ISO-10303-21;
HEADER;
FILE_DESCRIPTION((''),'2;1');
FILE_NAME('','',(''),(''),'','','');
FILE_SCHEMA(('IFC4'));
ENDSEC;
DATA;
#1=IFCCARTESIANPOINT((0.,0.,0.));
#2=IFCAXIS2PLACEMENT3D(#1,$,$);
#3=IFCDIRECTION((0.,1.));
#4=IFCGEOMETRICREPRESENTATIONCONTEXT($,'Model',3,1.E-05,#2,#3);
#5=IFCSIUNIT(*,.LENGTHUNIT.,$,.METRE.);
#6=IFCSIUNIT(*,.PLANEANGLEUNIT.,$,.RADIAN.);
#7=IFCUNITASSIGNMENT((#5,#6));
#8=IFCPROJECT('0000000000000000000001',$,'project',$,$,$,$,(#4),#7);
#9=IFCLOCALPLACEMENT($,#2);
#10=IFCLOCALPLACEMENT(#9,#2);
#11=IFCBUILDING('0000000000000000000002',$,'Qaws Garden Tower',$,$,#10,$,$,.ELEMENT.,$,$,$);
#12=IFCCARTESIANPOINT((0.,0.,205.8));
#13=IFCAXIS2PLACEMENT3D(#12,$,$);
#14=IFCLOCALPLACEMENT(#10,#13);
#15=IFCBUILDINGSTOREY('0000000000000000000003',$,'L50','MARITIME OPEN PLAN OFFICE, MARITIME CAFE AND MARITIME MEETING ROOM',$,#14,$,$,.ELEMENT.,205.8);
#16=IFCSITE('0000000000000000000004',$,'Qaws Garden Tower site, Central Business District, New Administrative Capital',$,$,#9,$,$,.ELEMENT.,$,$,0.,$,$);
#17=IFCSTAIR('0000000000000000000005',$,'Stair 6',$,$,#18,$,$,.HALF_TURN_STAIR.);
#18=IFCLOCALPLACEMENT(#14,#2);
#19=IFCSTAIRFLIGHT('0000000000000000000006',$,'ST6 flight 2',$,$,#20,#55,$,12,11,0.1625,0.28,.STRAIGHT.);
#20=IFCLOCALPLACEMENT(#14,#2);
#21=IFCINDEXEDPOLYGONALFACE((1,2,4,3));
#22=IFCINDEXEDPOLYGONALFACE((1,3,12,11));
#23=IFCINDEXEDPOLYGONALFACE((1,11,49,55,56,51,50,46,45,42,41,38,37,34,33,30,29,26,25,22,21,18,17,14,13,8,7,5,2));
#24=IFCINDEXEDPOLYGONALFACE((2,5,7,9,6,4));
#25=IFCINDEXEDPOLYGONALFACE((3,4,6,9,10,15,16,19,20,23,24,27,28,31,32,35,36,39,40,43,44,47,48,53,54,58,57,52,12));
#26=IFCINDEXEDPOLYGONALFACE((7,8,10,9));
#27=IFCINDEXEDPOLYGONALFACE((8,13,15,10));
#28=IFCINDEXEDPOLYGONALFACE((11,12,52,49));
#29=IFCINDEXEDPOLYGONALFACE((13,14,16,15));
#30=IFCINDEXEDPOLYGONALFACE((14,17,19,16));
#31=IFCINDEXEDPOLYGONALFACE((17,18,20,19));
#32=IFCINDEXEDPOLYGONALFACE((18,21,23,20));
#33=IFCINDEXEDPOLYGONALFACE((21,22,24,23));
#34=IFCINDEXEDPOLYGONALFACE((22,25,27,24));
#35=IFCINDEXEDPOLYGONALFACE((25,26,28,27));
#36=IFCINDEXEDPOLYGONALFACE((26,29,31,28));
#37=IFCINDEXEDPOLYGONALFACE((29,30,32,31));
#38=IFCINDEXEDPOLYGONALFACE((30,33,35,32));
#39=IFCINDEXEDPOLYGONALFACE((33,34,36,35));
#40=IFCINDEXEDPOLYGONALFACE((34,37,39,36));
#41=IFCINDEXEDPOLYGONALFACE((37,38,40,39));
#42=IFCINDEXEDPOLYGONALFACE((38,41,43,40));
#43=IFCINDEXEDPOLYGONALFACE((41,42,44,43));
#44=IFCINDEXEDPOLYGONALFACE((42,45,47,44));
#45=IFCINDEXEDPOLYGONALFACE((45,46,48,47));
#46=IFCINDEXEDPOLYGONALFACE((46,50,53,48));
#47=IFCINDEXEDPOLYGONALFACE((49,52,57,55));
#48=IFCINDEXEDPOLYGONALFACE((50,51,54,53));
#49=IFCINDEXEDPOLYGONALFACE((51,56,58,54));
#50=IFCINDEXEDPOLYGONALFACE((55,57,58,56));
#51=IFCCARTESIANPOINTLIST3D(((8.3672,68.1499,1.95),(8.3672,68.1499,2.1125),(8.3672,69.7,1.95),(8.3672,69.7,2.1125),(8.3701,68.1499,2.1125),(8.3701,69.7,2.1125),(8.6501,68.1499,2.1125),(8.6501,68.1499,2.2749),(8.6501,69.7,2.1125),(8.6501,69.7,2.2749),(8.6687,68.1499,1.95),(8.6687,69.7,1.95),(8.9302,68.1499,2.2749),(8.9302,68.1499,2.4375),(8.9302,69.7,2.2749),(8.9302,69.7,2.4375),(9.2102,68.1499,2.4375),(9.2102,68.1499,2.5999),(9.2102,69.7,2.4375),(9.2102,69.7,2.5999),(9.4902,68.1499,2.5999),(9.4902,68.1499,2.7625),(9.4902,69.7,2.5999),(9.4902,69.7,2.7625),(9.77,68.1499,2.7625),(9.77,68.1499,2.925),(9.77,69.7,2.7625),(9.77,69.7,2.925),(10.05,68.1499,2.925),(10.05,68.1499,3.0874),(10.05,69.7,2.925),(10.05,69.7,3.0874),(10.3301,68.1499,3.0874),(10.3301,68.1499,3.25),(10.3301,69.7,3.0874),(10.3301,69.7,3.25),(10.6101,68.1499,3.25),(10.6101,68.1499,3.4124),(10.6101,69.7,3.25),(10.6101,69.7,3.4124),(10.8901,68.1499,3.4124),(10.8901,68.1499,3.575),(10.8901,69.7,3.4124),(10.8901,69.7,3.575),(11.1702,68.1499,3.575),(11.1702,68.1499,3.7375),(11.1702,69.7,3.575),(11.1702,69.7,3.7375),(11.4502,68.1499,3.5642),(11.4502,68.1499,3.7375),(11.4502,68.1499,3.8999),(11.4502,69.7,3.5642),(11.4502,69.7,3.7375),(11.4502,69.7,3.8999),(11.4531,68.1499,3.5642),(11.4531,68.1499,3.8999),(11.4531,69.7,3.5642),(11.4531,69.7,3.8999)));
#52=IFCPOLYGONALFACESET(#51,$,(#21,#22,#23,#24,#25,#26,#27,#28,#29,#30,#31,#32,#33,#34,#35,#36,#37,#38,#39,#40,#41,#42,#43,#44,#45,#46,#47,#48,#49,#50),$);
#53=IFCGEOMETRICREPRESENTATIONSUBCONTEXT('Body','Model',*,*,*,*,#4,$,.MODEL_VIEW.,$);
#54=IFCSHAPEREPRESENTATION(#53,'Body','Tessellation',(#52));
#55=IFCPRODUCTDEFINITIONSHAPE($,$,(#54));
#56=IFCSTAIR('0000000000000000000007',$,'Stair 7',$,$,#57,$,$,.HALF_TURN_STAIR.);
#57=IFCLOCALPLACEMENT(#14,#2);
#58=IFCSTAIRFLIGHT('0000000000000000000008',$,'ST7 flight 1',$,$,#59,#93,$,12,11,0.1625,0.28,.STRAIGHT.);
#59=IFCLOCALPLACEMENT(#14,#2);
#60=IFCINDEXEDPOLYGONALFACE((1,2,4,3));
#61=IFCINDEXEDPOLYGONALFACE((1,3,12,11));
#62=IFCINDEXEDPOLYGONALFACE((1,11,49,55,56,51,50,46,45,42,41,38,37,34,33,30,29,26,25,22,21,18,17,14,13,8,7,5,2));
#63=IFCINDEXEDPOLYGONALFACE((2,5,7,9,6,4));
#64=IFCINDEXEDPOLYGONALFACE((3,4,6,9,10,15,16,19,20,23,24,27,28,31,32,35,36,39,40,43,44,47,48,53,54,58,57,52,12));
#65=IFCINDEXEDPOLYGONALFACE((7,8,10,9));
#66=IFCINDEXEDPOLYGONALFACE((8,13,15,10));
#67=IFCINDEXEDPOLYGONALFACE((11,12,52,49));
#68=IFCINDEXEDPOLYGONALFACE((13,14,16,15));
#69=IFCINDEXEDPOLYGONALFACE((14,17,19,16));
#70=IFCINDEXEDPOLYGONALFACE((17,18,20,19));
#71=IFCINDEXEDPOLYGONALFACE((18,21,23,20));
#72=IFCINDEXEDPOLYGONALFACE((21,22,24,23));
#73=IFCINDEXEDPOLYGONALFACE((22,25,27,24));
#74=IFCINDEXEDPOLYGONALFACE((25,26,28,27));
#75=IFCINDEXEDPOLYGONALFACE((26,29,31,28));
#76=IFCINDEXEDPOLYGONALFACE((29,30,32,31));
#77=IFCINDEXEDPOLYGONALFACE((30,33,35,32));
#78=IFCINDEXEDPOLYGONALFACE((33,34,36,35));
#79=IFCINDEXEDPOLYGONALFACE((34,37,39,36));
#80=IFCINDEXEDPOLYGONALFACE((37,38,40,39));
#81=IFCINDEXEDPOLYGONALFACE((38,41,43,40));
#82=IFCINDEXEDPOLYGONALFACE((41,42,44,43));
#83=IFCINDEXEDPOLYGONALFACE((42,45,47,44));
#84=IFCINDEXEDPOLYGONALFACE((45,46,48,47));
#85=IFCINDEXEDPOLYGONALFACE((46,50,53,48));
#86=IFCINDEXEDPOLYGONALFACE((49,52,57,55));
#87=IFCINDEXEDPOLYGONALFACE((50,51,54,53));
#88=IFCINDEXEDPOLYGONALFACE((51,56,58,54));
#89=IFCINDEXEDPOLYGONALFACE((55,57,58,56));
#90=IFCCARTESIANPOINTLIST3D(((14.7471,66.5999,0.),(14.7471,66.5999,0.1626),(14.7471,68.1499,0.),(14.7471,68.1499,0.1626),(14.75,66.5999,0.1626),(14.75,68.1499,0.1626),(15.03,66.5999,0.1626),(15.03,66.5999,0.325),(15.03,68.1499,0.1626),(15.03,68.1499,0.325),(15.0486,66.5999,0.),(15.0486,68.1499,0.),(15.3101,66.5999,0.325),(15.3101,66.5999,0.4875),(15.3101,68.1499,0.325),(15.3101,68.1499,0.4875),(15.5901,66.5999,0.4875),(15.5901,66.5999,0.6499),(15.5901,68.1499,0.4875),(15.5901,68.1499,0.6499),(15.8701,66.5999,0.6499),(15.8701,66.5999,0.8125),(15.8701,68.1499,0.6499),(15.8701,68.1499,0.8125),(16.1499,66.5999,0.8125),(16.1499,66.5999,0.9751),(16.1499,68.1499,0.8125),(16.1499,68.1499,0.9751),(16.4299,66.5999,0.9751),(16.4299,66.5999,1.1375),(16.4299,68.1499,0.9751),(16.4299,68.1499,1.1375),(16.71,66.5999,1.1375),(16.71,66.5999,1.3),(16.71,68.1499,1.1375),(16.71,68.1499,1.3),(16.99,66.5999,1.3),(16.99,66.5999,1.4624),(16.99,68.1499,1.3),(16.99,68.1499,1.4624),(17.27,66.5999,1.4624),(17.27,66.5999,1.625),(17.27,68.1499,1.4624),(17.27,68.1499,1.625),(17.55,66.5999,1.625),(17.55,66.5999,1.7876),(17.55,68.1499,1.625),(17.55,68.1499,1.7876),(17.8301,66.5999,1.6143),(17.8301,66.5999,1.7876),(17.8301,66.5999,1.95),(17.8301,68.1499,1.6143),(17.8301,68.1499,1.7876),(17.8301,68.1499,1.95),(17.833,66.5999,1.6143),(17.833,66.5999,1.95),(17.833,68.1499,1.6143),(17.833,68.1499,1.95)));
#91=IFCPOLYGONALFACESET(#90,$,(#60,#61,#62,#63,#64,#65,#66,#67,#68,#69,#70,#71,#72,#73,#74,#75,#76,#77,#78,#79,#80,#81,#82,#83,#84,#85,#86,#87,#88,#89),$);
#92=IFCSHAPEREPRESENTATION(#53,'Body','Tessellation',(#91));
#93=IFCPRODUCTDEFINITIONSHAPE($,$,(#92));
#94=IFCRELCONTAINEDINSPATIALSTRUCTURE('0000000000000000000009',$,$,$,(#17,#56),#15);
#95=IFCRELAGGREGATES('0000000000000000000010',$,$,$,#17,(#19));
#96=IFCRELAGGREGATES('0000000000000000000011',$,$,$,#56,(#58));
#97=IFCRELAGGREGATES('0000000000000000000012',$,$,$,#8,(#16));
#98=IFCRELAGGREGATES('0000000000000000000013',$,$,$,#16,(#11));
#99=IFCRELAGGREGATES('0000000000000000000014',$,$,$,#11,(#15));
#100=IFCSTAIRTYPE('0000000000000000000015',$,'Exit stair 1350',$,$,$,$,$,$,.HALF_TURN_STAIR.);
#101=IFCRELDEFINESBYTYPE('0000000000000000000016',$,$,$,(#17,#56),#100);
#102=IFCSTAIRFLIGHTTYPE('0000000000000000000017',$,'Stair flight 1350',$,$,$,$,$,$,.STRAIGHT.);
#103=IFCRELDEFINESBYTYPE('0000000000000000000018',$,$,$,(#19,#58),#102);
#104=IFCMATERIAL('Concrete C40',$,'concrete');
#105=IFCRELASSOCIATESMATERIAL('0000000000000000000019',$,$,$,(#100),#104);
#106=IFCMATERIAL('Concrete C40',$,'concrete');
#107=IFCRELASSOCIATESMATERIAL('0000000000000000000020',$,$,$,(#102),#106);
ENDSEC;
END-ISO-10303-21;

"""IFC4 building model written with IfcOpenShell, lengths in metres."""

from ifc_helpers import new_model, si_unit, direction, frame, origin, place, context, subcontext, project, spatial, polyline, outline, extrude, material, type_object, element, aggregate, save


model = new_model("IFC4")

# Units and contexts
model_context = context("Model", 3, precision=1e-05, world=origin(), true_north=direction((0.0, 1.0)))
body_context = subcontext(model_context, "Body", "Model", "MODEL_VIEW")
ifc_project = project(units=[si_unit("LENGTHUNIT", "METRE"), si_unit("PLANEANGLEUNIT", "RADIAN")], contexts=[model_context])

# Site, building, storey
site_placement = place(None, origin())
site = spatial("IfcSite", under=ifc_project, at=site_placement, Name="Qaws Garden Tower site, Central Business District, New Administrative Capital", CompositionType="ELEMENT", RefElevation=0.0)
building_placement = place(site_placement, origin())
building = spatial("IfcBuilding", under=site, at=building_placement, Name="Qaws Garden Tower", CompositionType="ELEMENT")
storey_placement = place(building_placement, frame((0.0, 0.0, 205.8)))
storey = spatial("IfcBuildingStorey", under=building, at=storey_placement, Name="L50", Description="MARITIME OPEN PLAN OFFICE, MARITIME CAFE AND MARITIME MEETING ROOM", CompositionType="ELEMENT", Elevation=205.8)

# Stair, stair flight
ifc_material_1 = material(Name="Concrete C40", Category="concrete")
stair_type = type_object("IfcStairType", Name="Exit stair 1350", PredefinedType="HALF_TURN_STAIR", material=ifc_material_1)
placement = place(storey_placement, origin())
stair_1 = element("IfcStair", 1, at=placement, inside=storey, type_object=stair_type, Name="Stair 6", PredefinedType="HALF_TURN_STAIR")
ifc_material_2 = material(Name="Concrete C40", Category="concrete")
stair_flight_type = type_object("IfcStairFlightType", Name="Stair flight 1350", PredefinedType="STRAIGHT", material=ifc_material_2)
stair_flight_1_placement = place(storey_placement, frame((8.3701, 68.925, 1.95), z_axis=(0.0, 0.0, 1.0), x_axis=(1.0, 0.0, 0.0)))
stair_flight_1 = element("IfcStairFlight", 2, at=stair_flight_1_placement, type_object=stair_flight_type, Name="ST6 flight 2", NumberOfRisers=12, NumberOfTreads=11, PredefinedType="STRAIGHT", RiserHeight=0.1625, TreadLength=0.28, context=body_context, shape_type="SweptSolid", body=[
    extrude(outline(polyline([(-0.0029, 0.0), (-0.0029, 0.1626), (0.0, 0.1626), (0.28, 0.1626), (0.28, 0.325), (0.5601, 0.325), (0.5601, 0.4875), (0.8401, 0.4875), (0.8401, 0.6499), (1.1201, 0.6499), (1.1201, 0.8125), (1.3999, 0.8125), (1.3999, 0.9751), (1.6799, 0.9751), (1.6799, 1.1375), (1.96, 1.1375), (1.96, 1.3), (2.24, 1.3), (2.24, 1.4624), (2.52, 1.4624), (2.52, 1.625), (2.8, 1.625), (2.8, 1.7876), (3.0801, 1.7876), (3.0801, 1.95), (3.083, 1.95), (3.083, 1.6143), (3.0801, 1.6143), (0.2986, 0.0), (-0.0029, 0.0)])), frame((0.0, 0.7749, 0.0), z_axis=(0.0, -1.0, 0.0), x_axis=(1.0, 0.0, 0.0)), (0.0, 0.0, 1.0), 1.55),
])
aggregate(stair_1, [stair_flight_1])

# Stair, stair flight
stair_2 = element("IfcStair", 3, at=placement, inside=storey, type_object=stair_type, Name="Stair 7", PredefinedType="HALF_TURN_STAIR")
stair_flight_2_placement = place(storey_placement, frame((14.75, 67.375, 0.0), z_axis=(0.0, 0.0, 1.0), x_axis=(1.0, 0.0, 0.0)))
stair_flight_2 = element("IfcStairFlight", 4, at=stair_flight_2_placement, type_object=stair_flight_type, Name="ST7 flight 1", NumberOfRisers=12, NumberOfTreads=11, PredefinedType="STRAIGHT", RiserHeight=0.1625, TreadLength=0.28, context=body_context, shape_type="SweptSolid", body=[
    extrude(outline(polyline([(-0.0029, 0.0), (-0.0029, 0.1626), (0.0, 0.1626), (0.28, 0.1626), (0.28, 0.325), (0.5601, 0.325), (0.5601, 0.4875), (0.8401, 0.4875), (0.8401, 0.6499), (1.1201, 0.6499), (1.1201, 0.8125), (1.3999, 0.8125), (1.3999, 0.9751), (1.6799, 0.9751), (1.6799, 1.1375), (1.96, 1.1375), (1.96, 1.3), (2.24, 1.3), (2.24, 1.4624), (2.52, 1.4624), (2.52, 1.625), (2.8, 1.625), (2.8, 1.7876), (3.0801, 1.7876), (3.0801, 1.95), (3.083, 1.95), (3.083, 1.6143), (3.0801, 1.6143), (0.2986, 0.0), (-0.0029, 0.0)])), frame((0.0, 0.7749, 0.0), z_axis=(0.0, -1.0, 0.0), x_axis=(1.0, 0.0, 0.0)), (0.0, 0.0, 1.0), 1.55),
])
aggregate(stair_2, [stair_flight_2])

save(model, "model.ifc")
